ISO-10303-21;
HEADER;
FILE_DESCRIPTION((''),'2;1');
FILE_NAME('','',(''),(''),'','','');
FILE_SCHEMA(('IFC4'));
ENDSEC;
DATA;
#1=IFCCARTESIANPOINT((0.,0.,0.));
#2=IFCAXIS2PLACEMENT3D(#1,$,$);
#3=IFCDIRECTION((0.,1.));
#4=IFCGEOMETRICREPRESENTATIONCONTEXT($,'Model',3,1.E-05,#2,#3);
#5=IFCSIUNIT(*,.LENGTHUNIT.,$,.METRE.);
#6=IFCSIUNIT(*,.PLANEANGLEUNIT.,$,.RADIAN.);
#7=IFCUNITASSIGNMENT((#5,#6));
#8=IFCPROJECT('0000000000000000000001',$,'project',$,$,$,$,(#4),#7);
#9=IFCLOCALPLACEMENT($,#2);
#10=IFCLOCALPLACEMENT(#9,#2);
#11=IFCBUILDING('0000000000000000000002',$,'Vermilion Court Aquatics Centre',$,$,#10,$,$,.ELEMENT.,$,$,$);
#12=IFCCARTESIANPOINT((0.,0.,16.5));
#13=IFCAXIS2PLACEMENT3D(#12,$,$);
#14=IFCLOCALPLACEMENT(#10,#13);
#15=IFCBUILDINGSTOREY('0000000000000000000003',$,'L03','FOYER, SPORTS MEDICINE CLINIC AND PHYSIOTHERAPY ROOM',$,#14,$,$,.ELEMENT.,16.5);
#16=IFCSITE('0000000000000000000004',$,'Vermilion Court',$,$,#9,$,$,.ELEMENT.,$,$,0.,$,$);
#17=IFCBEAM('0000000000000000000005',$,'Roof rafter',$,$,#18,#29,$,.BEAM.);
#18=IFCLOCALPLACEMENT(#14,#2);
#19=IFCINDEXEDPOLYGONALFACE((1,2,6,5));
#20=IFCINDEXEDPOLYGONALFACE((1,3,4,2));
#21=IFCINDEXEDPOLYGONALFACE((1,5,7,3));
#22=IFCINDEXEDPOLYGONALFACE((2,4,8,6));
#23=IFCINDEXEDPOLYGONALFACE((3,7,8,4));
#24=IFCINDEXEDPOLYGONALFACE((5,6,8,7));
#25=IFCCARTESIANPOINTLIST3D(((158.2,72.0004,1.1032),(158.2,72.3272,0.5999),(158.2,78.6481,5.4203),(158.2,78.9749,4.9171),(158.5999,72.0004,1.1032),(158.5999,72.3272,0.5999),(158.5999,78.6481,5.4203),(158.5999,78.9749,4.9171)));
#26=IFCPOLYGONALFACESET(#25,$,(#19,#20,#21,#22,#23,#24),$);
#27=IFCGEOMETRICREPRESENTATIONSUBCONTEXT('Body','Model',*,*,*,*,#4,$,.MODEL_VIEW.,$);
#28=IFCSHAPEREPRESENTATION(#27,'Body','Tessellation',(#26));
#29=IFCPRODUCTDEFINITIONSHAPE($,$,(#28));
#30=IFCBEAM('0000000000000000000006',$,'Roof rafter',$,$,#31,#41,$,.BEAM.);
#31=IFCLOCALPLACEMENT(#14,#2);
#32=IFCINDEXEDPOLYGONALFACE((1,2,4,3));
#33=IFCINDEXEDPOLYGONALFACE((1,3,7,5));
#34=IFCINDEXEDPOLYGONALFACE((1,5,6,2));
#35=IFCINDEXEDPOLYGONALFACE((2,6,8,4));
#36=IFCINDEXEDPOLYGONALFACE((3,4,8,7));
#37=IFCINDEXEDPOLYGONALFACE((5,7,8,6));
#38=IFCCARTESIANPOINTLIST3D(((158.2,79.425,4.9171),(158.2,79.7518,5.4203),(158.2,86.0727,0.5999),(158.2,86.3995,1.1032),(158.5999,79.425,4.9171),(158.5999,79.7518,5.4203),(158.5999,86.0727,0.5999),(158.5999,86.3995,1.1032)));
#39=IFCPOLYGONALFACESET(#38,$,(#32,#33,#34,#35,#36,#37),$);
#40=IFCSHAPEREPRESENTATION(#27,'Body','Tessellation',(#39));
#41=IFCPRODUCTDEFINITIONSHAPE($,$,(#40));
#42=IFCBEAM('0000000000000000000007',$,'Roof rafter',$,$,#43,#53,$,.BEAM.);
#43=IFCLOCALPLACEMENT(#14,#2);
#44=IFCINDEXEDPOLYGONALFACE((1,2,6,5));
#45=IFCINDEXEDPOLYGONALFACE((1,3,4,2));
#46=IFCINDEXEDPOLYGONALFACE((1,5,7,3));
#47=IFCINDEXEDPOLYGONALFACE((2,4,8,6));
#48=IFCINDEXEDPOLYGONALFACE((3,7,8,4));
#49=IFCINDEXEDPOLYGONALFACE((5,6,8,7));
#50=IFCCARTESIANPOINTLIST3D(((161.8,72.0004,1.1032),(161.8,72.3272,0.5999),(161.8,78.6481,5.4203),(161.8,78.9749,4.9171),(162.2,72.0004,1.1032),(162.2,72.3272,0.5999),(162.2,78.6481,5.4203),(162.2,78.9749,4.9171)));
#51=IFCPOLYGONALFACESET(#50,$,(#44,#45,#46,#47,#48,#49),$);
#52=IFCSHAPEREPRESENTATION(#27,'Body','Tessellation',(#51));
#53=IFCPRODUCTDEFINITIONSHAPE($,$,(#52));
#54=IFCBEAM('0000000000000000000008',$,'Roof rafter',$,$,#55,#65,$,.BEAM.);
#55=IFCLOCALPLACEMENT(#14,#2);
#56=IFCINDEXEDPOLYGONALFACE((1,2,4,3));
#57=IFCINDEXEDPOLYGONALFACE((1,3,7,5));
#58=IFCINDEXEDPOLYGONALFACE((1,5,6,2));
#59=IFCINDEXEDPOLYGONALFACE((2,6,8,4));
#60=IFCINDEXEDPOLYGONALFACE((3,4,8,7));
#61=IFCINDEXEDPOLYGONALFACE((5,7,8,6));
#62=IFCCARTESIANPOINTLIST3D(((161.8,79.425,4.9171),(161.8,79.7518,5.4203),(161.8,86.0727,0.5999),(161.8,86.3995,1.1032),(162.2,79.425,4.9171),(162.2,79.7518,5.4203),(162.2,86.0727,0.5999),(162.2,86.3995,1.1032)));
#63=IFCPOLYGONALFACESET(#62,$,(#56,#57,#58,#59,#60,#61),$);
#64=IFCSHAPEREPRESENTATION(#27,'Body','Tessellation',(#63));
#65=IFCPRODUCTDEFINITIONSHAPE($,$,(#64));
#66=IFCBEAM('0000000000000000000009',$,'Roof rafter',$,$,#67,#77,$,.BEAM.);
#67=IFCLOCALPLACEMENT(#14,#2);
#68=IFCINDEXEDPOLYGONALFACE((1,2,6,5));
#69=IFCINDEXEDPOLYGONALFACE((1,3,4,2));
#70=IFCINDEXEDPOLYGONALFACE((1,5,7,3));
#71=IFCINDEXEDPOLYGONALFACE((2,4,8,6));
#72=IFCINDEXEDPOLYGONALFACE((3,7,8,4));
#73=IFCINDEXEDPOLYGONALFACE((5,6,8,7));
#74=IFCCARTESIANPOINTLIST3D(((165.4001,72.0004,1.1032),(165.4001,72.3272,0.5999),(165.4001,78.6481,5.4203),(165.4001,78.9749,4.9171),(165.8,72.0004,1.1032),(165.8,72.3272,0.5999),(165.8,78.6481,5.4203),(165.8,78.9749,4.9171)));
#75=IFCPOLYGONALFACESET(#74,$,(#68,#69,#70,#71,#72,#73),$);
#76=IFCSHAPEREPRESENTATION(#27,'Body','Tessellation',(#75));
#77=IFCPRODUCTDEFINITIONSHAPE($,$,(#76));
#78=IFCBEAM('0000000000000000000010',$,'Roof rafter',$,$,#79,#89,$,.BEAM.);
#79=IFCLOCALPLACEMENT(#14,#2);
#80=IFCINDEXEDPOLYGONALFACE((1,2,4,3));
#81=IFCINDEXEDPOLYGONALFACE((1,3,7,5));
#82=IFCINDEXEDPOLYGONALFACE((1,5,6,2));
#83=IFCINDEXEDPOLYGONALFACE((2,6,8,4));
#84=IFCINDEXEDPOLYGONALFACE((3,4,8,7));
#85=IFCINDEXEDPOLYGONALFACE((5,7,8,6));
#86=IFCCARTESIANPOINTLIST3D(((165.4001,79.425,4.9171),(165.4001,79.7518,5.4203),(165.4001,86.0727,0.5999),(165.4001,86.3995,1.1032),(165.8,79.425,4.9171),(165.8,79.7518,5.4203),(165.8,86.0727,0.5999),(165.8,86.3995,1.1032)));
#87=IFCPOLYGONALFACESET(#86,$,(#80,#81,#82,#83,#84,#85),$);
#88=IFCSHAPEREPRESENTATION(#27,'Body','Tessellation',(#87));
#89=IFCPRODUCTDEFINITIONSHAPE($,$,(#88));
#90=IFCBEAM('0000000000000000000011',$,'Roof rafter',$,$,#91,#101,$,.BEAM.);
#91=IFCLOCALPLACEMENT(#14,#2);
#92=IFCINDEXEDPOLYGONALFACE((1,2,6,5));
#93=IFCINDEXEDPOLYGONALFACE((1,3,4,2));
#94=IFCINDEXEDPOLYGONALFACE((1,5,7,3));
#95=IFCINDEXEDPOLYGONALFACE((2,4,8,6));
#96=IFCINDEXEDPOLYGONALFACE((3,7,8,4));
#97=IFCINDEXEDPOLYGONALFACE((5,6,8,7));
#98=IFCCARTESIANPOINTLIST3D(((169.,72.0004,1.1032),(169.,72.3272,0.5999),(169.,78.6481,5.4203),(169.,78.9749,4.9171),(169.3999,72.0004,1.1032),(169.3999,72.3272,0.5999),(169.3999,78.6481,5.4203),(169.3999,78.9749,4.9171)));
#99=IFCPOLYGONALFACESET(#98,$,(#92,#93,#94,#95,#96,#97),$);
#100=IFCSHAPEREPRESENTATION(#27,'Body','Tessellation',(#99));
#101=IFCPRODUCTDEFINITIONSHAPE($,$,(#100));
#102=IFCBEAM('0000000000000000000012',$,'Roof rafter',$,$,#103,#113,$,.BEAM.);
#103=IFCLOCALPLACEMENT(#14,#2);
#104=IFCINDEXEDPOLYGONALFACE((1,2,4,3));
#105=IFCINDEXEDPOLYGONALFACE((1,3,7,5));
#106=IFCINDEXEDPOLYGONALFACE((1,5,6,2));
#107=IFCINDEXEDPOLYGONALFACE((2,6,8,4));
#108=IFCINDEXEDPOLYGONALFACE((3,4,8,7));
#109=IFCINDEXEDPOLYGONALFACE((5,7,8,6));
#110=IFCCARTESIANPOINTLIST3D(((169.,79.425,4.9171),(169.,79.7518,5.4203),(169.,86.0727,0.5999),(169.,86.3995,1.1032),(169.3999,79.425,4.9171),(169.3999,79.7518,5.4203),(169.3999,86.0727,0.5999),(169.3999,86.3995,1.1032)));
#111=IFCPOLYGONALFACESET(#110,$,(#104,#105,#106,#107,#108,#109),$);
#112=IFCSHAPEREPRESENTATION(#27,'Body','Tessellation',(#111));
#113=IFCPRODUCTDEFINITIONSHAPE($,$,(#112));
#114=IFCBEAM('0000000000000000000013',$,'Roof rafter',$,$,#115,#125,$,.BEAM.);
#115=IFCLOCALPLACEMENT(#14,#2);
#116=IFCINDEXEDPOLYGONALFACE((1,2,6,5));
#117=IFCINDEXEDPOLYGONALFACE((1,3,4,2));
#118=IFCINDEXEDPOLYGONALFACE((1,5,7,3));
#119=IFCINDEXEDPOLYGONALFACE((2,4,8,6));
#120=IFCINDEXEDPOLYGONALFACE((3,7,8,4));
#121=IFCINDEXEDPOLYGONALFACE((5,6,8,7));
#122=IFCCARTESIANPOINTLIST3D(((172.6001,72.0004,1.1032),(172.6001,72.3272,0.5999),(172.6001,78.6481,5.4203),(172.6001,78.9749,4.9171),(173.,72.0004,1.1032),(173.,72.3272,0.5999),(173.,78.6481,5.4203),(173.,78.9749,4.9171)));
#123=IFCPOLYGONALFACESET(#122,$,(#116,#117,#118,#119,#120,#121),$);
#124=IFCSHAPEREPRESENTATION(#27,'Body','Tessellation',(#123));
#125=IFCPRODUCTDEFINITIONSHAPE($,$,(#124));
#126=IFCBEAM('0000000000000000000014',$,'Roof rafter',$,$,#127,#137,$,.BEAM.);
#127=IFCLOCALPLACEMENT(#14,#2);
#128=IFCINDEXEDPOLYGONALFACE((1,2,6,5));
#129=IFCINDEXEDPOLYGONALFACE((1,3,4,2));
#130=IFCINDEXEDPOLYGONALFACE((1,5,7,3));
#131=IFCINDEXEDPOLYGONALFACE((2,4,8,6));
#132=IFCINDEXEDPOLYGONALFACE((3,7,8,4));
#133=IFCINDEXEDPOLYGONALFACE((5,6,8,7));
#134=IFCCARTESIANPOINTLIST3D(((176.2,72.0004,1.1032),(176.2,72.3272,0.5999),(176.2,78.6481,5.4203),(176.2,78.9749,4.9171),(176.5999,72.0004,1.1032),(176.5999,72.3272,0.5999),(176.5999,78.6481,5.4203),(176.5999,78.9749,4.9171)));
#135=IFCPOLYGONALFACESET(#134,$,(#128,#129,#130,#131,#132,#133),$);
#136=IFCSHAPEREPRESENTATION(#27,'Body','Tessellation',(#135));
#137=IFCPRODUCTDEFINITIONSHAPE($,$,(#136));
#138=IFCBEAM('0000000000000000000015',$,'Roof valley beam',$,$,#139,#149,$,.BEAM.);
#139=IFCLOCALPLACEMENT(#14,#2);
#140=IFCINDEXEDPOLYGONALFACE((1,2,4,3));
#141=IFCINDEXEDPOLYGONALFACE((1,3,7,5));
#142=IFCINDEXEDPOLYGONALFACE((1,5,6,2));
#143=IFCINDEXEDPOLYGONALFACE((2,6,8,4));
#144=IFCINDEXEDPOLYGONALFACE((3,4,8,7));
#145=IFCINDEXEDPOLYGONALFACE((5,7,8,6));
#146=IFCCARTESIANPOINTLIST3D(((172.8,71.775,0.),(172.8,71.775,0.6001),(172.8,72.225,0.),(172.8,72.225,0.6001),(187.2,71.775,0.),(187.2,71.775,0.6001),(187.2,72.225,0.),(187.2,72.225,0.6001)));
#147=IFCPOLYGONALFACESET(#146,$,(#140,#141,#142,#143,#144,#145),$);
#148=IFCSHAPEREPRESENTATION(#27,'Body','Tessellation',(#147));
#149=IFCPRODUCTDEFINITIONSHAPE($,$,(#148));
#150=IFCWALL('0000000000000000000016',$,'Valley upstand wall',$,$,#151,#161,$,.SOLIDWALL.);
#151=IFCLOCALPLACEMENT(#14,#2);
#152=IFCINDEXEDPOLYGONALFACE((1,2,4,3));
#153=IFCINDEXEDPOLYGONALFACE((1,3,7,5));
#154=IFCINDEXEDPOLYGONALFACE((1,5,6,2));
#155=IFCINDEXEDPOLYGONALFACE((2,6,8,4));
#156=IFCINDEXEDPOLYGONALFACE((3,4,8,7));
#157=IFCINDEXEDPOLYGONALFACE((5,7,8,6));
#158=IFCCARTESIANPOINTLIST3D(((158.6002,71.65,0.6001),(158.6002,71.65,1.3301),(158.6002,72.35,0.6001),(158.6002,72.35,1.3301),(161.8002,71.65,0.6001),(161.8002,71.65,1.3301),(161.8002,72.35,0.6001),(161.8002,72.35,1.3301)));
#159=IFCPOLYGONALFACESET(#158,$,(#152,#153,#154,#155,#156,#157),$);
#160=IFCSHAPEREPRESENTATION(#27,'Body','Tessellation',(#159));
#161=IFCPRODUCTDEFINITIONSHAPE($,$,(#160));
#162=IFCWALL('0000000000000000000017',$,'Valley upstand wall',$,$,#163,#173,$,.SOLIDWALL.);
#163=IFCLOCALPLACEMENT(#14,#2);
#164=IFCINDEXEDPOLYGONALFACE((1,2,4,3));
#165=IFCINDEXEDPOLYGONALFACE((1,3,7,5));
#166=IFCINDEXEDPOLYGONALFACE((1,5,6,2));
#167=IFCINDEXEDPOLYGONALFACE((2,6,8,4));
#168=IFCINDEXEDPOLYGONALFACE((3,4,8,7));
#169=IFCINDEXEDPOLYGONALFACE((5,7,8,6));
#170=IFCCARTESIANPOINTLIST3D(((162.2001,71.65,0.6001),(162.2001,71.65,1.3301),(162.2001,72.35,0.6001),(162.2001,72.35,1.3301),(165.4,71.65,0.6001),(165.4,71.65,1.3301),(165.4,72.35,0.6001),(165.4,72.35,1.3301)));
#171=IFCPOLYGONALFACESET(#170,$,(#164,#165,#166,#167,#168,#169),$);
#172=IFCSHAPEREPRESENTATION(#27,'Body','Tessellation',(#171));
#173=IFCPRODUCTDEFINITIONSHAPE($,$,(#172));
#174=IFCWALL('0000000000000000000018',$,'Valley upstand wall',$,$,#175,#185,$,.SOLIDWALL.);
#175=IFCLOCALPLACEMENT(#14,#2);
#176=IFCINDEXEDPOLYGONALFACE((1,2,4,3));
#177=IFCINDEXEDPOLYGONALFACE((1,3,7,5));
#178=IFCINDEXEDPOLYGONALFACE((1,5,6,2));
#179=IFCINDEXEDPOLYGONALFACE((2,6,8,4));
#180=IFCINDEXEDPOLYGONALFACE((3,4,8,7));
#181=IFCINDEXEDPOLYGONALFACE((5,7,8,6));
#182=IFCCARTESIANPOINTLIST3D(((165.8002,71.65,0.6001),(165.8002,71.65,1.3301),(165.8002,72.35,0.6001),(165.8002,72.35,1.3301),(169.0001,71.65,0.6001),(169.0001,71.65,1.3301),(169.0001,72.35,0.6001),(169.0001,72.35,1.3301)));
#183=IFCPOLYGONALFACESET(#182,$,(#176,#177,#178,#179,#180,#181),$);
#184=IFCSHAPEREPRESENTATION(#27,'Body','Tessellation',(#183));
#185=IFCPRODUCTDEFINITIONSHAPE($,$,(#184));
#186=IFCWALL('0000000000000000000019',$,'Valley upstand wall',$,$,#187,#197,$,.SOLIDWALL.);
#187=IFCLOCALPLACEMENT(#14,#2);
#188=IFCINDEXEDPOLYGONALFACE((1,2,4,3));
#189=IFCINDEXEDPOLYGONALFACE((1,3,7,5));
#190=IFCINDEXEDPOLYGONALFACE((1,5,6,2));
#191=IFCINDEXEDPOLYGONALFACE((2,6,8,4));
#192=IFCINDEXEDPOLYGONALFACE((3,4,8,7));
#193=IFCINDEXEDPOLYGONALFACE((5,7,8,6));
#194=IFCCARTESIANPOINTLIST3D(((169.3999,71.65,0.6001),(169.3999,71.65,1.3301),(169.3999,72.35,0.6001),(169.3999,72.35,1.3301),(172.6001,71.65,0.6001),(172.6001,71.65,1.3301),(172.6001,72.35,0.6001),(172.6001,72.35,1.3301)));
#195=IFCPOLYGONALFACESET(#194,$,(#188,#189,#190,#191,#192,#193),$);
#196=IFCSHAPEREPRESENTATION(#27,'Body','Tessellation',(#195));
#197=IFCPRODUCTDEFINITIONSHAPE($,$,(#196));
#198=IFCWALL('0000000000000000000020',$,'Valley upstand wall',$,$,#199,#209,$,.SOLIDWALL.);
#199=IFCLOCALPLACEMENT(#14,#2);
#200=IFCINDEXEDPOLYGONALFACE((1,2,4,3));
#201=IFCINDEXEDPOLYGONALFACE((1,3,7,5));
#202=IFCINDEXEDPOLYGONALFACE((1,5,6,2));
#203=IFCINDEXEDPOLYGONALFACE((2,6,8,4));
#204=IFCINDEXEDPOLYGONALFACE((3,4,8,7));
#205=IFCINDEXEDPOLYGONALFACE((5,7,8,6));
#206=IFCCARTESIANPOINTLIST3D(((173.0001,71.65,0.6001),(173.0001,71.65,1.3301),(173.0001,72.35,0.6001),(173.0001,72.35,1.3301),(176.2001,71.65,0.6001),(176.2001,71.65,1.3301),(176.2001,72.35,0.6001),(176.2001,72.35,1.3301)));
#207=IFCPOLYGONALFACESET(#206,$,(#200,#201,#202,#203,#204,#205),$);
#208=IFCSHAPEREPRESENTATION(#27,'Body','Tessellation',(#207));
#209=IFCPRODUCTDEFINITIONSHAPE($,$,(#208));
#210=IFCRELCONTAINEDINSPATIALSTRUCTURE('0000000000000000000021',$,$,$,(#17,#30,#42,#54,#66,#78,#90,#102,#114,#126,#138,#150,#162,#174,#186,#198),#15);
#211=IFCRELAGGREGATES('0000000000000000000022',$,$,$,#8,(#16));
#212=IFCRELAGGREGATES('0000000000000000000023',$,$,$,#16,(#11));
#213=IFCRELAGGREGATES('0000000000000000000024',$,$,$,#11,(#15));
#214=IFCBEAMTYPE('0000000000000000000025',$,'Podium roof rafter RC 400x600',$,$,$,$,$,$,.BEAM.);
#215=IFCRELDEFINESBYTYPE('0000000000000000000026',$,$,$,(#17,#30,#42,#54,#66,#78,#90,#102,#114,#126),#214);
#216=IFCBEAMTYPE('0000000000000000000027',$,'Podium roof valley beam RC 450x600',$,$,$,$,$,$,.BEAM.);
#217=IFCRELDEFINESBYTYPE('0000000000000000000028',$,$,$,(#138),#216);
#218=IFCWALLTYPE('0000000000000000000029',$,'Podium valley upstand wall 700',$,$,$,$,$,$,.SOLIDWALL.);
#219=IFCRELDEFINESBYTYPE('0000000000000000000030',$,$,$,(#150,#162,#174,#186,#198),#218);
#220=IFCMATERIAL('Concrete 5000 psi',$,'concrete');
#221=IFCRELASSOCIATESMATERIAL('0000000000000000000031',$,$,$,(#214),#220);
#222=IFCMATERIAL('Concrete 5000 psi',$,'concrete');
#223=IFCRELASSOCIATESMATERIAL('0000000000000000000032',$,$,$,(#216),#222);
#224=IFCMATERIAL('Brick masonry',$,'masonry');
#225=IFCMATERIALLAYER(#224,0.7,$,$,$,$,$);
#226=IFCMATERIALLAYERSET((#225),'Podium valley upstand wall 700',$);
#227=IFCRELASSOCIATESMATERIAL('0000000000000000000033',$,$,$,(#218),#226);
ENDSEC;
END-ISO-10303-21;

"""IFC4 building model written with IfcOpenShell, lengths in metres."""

from ifc_helpers import new_model, si_unit, direction, frame, frame_2d, origin, origin_2d, place, context, subcontext, project, spatial, rectangle, extrude, material, layer, layer_set, material_profile, profile_set, type_object, element, save


model = new_model("IFC4")

# Units and contexts
model_context = context("Model", 3, precision=1e-05, world=origin(), true_north=direction((0.0, 1.0)))
body_context = subcontext(model_context, "Body", "Model", "MODEL_VIEW")
ifc_project = project(units=[si_unit("LENGTHUNIT", "METRE"), si_unit("PLANEANGLEUNIT", "RADIAN")], contexts=[model_context])

# Site, building, storey
site_placement = place(None, origin())
site = spatial("IfcSite", under=ifc_project, at=site_placement, Name="Vermilion Court", CompositionType="ELEMENT", RefElevation=0.0)
building_placement = place(site_placement, origin())
building = spatial("IfcBuilding", under=site, at=building_placement, Name="Vermilion Court Aquatics Centre", CompositionType="ELEMENT")
storey_placement = place(building_placement, frame((0.0, 0.0, 16.5)))
storey = spatial("IfcBuildingStorey", under=building, at=storey_placement, Name="L03", Description="FOYER, SPORTS MEDICINE CLINIC AND PHYSIOTHERAPY ROOM", CompositionType="ELEMENT", Elevation=16.5)

# Beams
ifc_material_1 = material(Name="Concrete 5000 psi", Category="concrete")
ifc_material_profile_1 = material_profile(ifc_material_1, rectangle(XDim=0.3999, YDim=0.6001, at=origin_2d()), Name="RC 400x600")
ifc_profile_set_1 = profile_set([ifc_material_profile_1], Name="Concrete 5000 psi")
beam_type_1 = type_object("IfcBeamType", Name="Podium roof rafter RC 400x600", PredefinedType="BEAM", material=ifc_profile_set_1)
for number, where, z_axis, x_axis, name in (
    (1, (158.3999, 72.1638, 0.8516), (0.0, 0.838667, 0.544645), (-1.0, 0.0, 0.0), "Roof rafter"),
    (2, (158.3999, 86.2361, 0.8516), (0.0, -0.838667, 0.544645), (1.0, 0.0, 0.0), "Roof rafter"),
    (3, (162.0, 72.1638, 0.8516), (0.0, 0.838667, 0.544645), (-1.0, 0.0, 0.0), "Roof rafter"),
    (4, (162.0, 86.2361, 0.8516), (0.0, -0.838667, 0.544645), (1.0, 0.0, 0.0), "Roof rafter"),
    (5, (165.6001, 72.1638, 0.8516), (0.0, 0.838667, 0.544645), (-1.0, 0.0, 0.0), "Roof rafter"),
    (6, (165.6001, 86.2361, 0.8516), (0.0, -0.838667, 0.544645), (1.0, 0.0, 0.0), "Roof rafter"),
    (7, (169.2, 72.1638, 0.8516), (0.0, 0.838667, 0.544645), (-1.0, 0.0, 0.0), "Roof rafter"),
    (8, (169.2, 86.2361, 0.8516), (0.0, -0.838667, 0.544645), (1.0, 0.0, 0.0), "Roof rafter"),
    (9, (172.8, 72.1638, 0.8516), (0.0, 0.838667, 0.544645), (-1.0, 0.0, 0.0), "Roof rafter"),
    (10, (176.3999, 72.1638, 0.8516), (0.0, 0.838667, 0.544645), (-1.0, 0.0, 0.0), "Roof rafter"),
):
    element("IfcBeam", number, at=place(storey_placement, frame(where, z_axis=z_axis, x_axis=x_axis)), inside=storey, type_object=beam_type_1, Name=name, PredefinedType="BEAM", context=body_context, shape_type="SweptSolid", body=[
        extrude(rectangle(XDim=0.3999, YDim=0.6001, at=origin_2d()), origin(), (0.0, 0.0, 1.0), 7.9265),
    ])
ifc_material_2 = material(Name="Concrete 5000 psi", Category="concrete")
ifc_material_profile_2 = material_profile(ifc_material_2, rectangle(XDim=0.45, YDim=0.6001, at=origin_2d()), Name="RC 450x600")
ifc_profile_set_2 = profile_set([ifc_material_profile_2], Name="Concrete 5000 psi")
beam_type_2 = type_object("IfcBeamType", Name="Podium roof valley beam RC 450x600", PredefinedType="BEAM", material=ifc_profile_set_2)
beam_placement = place(storey_placement, frame((172.8, 72.0, 0.3), z_axis=(1.0, 0.0, 0.0), x_axis=(0.0, 1.0, 0.0)))
element("IfcBeam", 11, at=beam_placement, inside=storey, type_object=beam_type_2, Name="Roof valley beam", PredefinedType="BEAM", context=body_context, shape_type="SweptSolid", body=[
    extrude(rectangle(XDim=0.45, YDim=0.6001, at=origin_2d()), origin(), (0.0, 0.0, 1.0), 14.3999),
])

# Walls
ifc_material_3 = material(Name="Brick masonry", Category="masonry")
ifc_layer = layer(ifc_material_3, 0.7)
ifc_layer_set = layer_set([ifc_layer], Name="Podium valley upstand wall 700")
wall_type = type_object("IfcWallType", Name="Podium valley upstand wall 700", PredefinedType="SOLIDWALL", material=ifc_layer_set)
for number, where, z_axis, x_axis, name in (
    (12, (158.6001, 72.0, 0.6001), (0.0, 0.0, 1.0), (1.0, 0.0, 0.0), "Valley upstand wall"),
    (13, (162.2, 72.0, 0.6001), (0.0, 0.0, 1.0), (1.0, 0.0, 0.0), "Valley upstand wall"),
    (14, (165.8, 72.0, 0.6001), (0.0, 0.0, 1.0), (1.0, 0.0, 0.0), "Valley upstand wall"),
):
    element("IfcWall", number, at=place(storey_placement, frame(where, z_axis=z_axis, x_axis=x_axis)), inside=storey, type_object=wall_type, Name=name, PredefinedType="SOLIDWALL", context=body_context, shape_type="SweptSolid", body=[
        extrude(rectangle(XDim=3.2, YDim=0.7, at=frame_2d((1.6001, 0.0))), origin(), (0.0, 0.0, 1.0), 0.73),
    ])
wall_1_placement = place(storey_placement, frame((169.3999, 72.0, 0.6001), z_axis=(0.0, 0.0, 1.0), x_axis=(1.0, 0.0, 0.0)))
element("IfcWall", 15, at=wall_1_placement, inside=storey, type_object=wall_type, Name="Valley upstand wall", PredefinedType="SOLIDWALL", context=body_context, shape_type="SweptSolid", body=[
    extrude(rectangle(XDim=3.2002, YDim=0.7, at=frame_2d((1.6001, 0.0))), origin(), (0.0, 0.0, 1.0), 0.73),
])
wall_2_placement = place(storey_placement, frame((173.0, 72.0, 0.6001), z_axis=(0.0, 0.0, 1.0), x_axis=(1.0, 0.0, 0.0)))
element("IfcWall", 16, at=wall_2_placement, inside=storey, type_object=wall_type, Name="Valley upstand wall", PredefinedType="SOLIDWALL", context=body_context, shape_type="SweptSolid", body=[
    extrude(rectangle(XDim=3.2, YDim=0.7, at=frame_2d((1.6001, 0.0))), origin(), (0.0, 0.0, 1.0), 0.73),
])

save(model, "model.ifc")
